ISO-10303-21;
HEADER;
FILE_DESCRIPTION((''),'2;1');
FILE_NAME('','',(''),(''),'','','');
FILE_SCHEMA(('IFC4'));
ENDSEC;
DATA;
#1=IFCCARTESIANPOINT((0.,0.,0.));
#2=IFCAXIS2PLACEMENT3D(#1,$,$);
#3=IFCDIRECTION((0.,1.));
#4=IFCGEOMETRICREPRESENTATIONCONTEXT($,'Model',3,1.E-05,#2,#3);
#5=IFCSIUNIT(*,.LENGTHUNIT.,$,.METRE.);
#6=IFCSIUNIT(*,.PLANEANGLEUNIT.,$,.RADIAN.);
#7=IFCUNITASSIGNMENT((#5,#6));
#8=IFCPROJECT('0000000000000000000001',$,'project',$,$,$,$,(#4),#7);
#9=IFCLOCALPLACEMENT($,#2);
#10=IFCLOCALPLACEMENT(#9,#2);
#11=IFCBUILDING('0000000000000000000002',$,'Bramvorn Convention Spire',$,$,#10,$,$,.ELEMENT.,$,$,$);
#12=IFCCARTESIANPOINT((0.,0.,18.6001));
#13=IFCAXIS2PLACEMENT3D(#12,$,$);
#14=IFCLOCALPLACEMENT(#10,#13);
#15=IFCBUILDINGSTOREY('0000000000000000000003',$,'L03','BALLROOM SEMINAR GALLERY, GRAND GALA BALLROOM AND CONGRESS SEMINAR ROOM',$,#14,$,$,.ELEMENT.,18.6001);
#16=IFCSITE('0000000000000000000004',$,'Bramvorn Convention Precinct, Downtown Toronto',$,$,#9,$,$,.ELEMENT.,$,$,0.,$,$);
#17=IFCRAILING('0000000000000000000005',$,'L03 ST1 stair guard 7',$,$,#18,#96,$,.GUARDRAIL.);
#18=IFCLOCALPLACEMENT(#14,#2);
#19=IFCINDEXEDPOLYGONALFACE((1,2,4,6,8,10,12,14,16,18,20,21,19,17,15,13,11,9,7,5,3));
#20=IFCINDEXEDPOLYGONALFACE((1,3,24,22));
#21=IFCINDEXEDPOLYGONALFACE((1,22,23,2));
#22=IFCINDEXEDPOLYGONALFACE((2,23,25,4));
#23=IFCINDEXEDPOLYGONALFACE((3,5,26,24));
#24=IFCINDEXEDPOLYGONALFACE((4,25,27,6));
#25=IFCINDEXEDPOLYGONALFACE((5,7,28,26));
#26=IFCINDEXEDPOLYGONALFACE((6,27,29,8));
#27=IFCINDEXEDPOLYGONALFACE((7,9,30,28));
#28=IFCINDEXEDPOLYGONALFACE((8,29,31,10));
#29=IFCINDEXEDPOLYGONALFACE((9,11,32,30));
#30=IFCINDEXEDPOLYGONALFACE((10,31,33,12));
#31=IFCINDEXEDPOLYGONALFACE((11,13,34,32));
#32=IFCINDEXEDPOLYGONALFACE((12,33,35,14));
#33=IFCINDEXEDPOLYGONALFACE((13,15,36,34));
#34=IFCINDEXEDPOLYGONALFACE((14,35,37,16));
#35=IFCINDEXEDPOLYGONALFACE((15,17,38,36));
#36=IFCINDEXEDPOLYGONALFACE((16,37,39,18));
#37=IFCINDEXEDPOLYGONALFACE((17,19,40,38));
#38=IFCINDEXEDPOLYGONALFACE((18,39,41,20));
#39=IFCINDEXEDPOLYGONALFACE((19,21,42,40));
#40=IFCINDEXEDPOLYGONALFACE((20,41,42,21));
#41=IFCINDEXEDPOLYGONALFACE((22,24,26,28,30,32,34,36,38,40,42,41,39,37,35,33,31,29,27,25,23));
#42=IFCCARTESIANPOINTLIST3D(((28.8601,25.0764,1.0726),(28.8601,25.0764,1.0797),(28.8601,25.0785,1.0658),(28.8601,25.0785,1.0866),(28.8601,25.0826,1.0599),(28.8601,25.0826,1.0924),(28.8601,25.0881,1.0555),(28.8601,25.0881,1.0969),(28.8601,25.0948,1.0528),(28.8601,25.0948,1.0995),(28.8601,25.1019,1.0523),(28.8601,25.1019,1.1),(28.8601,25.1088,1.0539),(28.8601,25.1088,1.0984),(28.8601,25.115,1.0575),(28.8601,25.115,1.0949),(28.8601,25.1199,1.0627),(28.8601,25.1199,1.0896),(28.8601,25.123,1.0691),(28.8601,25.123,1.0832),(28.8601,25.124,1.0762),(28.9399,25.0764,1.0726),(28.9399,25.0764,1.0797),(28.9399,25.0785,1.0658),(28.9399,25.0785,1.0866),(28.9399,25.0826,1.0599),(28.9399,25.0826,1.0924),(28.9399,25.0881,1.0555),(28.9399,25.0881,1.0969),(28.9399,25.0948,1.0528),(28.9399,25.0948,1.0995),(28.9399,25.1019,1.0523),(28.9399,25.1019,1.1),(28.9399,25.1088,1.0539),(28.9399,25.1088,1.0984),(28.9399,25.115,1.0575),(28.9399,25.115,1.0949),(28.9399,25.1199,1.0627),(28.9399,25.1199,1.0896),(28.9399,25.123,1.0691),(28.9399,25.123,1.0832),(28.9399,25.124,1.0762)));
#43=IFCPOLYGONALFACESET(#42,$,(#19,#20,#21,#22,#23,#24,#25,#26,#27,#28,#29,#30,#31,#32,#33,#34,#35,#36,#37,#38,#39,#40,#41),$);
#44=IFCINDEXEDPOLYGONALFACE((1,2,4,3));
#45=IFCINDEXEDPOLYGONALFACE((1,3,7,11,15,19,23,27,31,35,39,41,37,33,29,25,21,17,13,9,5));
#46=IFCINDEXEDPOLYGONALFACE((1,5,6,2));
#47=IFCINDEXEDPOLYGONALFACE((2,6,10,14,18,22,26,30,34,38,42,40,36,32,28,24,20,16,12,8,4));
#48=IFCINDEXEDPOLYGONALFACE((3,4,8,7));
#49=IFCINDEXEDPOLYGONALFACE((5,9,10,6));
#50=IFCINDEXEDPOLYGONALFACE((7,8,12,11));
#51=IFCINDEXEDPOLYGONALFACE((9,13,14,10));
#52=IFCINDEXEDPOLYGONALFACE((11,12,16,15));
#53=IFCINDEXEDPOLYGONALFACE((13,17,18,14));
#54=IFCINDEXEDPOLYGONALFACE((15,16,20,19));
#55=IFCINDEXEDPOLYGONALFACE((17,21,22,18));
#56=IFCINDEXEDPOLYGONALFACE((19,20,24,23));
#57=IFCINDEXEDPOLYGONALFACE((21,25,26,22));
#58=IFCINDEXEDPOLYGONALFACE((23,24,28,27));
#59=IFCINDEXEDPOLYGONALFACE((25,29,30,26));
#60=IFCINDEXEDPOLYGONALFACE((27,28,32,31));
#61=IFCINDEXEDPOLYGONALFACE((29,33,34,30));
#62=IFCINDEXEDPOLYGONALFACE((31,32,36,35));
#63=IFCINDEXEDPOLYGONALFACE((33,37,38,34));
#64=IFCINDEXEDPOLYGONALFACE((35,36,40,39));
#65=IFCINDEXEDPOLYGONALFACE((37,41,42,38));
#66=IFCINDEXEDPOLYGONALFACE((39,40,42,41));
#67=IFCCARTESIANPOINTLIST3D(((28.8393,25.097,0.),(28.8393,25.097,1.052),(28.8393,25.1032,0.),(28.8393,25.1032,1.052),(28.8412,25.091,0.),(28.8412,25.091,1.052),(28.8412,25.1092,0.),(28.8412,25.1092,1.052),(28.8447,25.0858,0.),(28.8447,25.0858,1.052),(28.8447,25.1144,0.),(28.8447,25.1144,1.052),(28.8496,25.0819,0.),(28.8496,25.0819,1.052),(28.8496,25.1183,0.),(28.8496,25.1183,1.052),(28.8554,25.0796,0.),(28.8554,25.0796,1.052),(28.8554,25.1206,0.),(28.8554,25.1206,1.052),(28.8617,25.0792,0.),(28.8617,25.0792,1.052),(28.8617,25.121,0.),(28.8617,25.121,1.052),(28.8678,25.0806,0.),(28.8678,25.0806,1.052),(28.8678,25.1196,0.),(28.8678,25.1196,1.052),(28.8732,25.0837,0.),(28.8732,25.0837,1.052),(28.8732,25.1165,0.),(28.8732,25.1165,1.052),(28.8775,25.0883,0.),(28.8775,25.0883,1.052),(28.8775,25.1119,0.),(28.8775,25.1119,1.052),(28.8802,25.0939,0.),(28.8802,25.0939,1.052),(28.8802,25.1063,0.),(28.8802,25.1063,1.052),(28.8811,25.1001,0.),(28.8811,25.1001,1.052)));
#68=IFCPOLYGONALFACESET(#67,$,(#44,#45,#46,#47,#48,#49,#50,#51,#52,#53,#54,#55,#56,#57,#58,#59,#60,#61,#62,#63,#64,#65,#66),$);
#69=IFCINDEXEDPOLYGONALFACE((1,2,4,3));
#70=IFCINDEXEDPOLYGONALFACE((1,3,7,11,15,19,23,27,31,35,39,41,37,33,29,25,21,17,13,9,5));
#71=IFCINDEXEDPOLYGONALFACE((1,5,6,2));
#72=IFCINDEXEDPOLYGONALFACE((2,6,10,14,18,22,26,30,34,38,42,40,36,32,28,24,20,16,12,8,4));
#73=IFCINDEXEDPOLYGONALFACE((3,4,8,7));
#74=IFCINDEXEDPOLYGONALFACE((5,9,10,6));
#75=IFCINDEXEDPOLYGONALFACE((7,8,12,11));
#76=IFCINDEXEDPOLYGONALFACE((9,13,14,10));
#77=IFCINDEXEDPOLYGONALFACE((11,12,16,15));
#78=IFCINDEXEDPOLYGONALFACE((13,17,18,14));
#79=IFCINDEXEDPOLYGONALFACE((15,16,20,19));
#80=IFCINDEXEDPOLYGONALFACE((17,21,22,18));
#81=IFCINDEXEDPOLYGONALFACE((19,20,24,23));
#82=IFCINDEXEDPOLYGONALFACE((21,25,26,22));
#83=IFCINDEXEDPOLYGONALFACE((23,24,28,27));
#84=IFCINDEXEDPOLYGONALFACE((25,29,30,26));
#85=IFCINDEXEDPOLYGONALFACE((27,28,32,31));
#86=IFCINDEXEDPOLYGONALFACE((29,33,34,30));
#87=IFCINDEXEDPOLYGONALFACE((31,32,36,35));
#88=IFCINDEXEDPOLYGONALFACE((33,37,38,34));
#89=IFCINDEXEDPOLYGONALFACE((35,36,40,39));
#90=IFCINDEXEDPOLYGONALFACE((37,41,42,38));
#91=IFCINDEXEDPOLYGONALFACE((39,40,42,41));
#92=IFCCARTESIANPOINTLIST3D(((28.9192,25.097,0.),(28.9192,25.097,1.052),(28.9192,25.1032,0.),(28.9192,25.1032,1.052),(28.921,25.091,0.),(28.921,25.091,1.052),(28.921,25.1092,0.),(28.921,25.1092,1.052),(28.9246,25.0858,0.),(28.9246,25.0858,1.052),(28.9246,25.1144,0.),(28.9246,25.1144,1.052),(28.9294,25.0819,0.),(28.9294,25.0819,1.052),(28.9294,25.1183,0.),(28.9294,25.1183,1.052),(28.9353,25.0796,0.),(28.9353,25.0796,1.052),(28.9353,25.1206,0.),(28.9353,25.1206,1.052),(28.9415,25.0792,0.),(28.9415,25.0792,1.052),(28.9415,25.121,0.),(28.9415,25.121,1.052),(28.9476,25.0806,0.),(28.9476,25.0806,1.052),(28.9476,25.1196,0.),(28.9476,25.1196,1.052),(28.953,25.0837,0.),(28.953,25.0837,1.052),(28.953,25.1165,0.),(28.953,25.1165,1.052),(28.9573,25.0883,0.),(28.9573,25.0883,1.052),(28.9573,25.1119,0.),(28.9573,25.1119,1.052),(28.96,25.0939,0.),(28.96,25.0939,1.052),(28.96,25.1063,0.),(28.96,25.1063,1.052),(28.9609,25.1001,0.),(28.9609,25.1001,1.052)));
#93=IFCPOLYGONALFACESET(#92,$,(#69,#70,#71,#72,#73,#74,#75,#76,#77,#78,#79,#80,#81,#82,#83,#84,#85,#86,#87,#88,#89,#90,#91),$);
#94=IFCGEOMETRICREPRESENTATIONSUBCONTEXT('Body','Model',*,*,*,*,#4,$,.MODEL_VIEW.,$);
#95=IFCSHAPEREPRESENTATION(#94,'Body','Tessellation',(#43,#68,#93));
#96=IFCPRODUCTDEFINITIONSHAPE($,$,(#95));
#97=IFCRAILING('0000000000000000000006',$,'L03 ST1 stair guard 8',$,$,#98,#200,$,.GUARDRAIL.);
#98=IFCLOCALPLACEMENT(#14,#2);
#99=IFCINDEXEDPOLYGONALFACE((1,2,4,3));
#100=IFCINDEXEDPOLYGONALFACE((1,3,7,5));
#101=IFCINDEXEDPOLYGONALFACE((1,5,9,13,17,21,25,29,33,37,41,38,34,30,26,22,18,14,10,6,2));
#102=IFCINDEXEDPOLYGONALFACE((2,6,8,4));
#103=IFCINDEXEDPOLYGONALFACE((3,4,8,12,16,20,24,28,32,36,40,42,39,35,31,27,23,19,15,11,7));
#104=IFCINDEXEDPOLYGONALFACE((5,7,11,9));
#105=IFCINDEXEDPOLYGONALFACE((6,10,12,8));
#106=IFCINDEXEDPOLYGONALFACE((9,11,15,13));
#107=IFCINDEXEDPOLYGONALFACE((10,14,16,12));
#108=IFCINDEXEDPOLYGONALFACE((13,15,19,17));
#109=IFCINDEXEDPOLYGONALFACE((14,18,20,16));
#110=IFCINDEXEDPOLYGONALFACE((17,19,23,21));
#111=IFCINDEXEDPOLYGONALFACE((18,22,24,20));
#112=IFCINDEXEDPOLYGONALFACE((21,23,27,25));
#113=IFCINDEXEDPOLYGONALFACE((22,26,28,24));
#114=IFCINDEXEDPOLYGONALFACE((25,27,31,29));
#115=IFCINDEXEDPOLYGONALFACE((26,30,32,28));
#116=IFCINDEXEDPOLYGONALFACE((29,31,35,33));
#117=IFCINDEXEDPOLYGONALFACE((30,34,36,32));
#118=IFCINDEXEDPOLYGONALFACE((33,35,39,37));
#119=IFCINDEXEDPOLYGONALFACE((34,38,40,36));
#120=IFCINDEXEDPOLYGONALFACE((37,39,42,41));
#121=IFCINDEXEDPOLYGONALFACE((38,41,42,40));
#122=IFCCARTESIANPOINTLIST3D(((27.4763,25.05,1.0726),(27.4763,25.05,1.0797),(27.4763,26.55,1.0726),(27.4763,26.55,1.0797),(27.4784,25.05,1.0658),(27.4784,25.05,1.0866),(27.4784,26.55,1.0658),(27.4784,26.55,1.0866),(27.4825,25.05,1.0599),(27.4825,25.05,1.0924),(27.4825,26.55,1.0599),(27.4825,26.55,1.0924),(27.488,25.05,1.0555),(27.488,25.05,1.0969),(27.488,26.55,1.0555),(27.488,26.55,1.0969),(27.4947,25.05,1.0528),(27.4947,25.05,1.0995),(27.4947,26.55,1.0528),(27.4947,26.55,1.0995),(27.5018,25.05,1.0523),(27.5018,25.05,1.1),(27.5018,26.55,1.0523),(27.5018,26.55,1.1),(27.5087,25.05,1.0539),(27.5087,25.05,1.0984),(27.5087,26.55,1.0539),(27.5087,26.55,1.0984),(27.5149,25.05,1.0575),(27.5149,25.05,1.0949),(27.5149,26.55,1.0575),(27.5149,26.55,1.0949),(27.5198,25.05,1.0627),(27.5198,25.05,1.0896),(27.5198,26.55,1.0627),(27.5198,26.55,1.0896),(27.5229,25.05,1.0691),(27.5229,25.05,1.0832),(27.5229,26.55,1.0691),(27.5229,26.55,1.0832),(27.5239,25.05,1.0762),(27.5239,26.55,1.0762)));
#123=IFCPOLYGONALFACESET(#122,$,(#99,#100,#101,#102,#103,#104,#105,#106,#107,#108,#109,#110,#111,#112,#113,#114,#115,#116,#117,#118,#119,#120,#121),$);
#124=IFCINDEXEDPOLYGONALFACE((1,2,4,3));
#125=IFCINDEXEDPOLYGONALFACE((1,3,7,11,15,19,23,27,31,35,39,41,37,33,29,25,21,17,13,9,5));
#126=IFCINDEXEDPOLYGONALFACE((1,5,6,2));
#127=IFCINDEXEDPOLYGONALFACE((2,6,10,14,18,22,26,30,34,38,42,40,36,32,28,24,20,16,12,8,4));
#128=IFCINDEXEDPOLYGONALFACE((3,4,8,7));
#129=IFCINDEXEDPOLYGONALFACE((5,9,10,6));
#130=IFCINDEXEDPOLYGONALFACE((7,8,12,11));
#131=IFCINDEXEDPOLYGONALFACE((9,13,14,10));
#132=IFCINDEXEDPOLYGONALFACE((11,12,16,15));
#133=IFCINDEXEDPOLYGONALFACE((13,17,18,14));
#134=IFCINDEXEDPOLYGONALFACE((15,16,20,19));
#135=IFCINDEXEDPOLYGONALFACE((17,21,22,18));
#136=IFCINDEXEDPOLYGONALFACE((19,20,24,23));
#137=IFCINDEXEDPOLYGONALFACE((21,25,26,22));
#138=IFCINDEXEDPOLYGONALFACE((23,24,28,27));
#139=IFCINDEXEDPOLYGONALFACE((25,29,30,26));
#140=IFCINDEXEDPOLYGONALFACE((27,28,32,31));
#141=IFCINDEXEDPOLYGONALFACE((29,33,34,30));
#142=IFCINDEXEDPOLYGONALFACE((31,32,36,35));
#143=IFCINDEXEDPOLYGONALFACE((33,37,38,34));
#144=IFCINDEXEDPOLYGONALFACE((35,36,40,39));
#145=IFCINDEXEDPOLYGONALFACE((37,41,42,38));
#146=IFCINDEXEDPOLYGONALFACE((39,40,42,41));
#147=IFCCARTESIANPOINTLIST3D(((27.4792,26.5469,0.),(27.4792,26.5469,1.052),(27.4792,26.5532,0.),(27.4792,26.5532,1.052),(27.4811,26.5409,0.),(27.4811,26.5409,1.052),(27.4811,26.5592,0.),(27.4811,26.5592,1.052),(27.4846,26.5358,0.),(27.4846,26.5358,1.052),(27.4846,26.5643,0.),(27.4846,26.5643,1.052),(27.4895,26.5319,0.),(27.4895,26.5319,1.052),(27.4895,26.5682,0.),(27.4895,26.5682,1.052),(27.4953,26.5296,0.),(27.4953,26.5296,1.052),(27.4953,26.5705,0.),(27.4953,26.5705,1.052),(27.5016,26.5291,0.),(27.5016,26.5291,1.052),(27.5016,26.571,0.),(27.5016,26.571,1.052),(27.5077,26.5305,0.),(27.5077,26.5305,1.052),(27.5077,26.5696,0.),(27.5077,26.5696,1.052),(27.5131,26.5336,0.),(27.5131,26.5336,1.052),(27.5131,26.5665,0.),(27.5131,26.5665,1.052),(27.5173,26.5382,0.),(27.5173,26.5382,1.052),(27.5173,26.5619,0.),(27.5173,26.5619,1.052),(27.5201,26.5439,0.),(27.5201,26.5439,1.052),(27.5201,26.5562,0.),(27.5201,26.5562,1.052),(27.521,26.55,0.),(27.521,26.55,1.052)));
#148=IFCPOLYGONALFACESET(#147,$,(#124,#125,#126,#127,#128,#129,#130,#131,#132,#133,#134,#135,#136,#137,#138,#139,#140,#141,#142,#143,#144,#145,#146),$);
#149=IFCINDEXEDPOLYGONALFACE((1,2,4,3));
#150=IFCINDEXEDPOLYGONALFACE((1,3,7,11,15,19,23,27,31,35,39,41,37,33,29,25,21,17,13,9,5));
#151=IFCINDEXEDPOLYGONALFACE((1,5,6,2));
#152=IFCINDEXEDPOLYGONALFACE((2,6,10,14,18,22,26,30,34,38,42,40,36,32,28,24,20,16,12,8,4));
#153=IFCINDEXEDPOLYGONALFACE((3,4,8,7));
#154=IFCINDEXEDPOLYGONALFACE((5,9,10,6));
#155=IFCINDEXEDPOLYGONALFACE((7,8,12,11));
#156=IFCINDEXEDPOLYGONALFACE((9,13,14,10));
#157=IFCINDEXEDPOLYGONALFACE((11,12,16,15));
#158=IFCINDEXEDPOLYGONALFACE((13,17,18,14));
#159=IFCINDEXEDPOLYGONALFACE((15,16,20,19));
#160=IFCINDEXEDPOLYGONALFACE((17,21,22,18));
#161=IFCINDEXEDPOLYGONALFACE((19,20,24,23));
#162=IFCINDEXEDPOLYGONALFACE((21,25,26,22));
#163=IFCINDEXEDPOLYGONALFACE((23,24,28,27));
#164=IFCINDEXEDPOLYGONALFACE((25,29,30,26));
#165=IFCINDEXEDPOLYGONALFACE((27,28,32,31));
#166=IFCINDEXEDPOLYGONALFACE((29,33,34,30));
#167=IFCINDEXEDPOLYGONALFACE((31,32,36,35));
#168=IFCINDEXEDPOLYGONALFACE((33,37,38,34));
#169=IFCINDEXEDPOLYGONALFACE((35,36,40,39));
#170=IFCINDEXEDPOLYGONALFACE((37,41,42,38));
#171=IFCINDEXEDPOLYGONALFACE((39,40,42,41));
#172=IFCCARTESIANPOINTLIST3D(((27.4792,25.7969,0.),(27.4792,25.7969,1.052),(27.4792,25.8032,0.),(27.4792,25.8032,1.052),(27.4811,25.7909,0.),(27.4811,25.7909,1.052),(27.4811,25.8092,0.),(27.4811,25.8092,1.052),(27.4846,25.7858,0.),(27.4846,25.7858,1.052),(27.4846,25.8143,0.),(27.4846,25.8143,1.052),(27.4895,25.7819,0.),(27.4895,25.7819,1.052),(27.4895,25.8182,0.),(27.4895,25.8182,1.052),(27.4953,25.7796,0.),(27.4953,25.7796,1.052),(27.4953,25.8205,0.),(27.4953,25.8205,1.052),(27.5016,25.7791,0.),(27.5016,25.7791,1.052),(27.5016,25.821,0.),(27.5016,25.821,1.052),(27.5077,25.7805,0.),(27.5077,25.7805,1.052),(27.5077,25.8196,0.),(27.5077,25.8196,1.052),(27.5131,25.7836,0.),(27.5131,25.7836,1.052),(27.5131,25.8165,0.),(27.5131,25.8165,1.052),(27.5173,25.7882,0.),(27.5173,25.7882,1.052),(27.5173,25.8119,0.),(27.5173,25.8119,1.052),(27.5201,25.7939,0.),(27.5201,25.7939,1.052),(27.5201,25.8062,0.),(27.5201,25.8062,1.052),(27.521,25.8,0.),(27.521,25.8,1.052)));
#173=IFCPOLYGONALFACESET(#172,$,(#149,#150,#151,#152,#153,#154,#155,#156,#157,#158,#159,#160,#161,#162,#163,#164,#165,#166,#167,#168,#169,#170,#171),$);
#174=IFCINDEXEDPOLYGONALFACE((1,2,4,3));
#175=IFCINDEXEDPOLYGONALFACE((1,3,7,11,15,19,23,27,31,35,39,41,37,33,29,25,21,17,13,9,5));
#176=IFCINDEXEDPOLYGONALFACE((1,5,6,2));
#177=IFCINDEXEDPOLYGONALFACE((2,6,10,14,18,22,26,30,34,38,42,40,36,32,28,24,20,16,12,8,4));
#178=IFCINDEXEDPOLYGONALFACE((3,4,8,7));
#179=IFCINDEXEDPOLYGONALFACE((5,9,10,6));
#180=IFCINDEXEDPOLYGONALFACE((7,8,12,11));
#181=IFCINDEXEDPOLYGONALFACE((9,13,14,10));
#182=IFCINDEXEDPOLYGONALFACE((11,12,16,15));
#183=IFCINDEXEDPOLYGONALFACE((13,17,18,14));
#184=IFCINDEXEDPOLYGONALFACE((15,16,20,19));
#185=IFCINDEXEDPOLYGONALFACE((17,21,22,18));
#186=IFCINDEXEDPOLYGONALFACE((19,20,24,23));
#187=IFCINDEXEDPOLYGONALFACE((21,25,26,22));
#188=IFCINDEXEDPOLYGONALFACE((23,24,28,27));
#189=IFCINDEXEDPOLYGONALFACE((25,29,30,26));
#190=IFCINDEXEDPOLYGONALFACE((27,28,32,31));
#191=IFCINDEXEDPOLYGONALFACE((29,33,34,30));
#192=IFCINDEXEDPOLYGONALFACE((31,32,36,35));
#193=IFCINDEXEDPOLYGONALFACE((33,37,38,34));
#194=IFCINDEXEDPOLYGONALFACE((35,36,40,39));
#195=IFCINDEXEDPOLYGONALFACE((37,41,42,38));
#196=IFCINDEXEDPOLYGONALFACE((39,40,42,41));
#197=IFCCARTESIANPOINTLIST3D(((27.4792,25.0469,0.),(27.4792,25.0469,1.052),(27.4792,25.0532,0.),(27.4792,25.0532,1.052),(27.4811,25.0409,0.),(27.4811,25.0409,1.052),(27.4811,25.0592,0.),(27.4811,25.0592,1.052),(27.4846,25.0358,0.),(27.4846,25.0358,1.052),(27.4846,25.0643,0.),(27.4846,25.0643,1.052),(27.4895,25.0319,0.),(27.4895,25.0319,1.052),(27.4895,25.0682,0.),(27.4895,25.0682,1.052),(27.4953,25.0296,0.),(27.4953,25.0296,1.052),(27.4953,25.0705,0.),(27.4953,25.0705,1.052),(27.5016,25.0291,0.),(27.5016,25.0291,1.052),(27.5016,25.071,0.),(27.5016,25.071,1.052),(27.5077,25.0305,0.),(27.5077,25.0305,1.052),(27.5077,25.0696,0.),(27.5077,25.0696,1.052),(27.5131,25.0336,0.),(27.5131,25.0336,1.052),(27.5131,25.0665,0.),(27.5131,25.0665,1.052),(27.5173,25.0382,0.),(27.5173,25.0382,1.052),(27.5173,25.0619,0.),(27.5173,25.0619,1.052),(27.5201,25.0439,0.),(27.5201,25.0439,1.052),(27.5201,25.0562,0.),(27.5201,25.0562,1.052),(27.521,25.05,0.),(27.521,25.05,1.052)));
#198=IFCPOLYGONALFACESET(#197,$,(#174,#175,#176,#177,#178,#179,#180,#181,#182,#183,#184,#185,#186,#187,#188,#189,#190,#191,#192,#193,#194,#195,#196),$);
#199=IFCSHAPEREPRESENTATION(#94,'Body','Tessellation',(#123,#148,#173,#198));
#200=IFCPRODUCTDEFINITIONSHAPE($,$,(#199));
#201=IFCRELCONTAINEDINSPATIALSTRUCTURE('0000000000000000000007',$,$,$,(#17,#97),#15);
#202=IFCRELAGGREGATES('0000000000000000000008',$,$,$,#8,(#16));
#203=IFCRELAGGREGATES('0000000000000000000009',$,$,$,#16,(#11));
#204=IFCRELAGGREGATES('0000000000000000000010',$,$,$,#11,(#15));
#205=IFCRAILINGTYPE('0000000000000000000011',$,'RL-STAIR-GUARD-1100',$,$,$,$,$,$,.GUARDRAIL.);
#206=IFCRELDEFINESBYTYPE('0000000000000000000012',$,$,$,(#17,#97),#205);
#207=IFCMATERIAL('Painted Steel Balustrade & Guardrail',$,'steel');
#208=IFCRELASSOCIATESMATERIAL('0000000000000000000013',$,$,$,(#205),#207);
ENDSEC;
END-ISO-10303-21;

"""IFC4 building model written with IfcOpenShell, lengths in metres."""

from ifc_helpers import new_model, si_unit, direction, frame, origin, origin_2d, place, context, subcontext, project, spatial, circle, extrude, material, type_object, element, save


model = new_model("IFC4")

# Units and contexts
model_context = context("Model", 3, precision=1e-05, world=origin(), true_north=direction((0.0, 1.0)))
body_context = subcontext(model_context, "Body", "Model", "MODEL_VIEW")
ifc_project = project(units=[si_unit("LENGTHUNIT", "METRE"), si_unit("PLANEANGLEUNIT", "RADIAN")], contexts=[model_context])

# Site, building, storey
site_placement = place(None, origin())
site = spatial("IfcSite", under=ifc_project, at=site_placement, Name="Bramvorn Convention Precinct, Downtown Toronto", CompositionType="ELEMENT", RefElevation=0.0)
building_placement = place(site_placement, origin())
building = spatial("IfcBuilding", under=site, at=building_placement, Name="Bramvorn Convention Spire", CompositionType="ELEMENT")
storey_placement = place(building_placement, frame((0.0, 0.0, 18.6001)))
storey = spatial("IfcBuildingStorey", under=building, at=storey_placement, Name="L03", Description="BALLROOM SEMINAR GALLERY, GRAND GALA BALLROOM AND CONGRESS SEMINAR ROOM", CompositionType="ELEMENT", Elevation=18.6001)

# Railings
ifc_material_1 = material(Name="Painted Steel Balustrade & Guardrail", Category="steel")
railing_type_1 = type_object("IfcRailingType", Name="RL-STAIR-GUARD-1100", PredefinedType="GUARDRAIL", material=ifc_material_1)
railing_1_placement = place(storey_placement, frame((28.8601, 25.1001, 0.0)))
element("IfcRailing", 1, at=railing_1_placement, inside=storey, type_object=railing_type_1, Name="L03 ST1 stair guard 7", PredefinedType="GUARDRAIL", context=body_context, shape_type="SweptSolid", body=[
    extrude(circle(Radius=0.0239, at=origin_2d()), frame((0.0, 0.0, 1.0762), z_axis=(1.0, 0.0, 0.0), x_axis=(0.0, 1.0, 0.0)), (0.0, 0.0, 1.0), 0.0798),
    extrude(circle(Radius=0.021, at=origin_2d()), origin(), (0.0, 0.0, 1.0), 1.052),
    extrude(circle(Radius=0.021, at=origin_2d()), frame((0.0798, 0.0, 0.0)), (0.0, 0.0, 1.0), 1.052),
])
for number, where, name in (
    (2, (27.5, 26.55, 0.0), "L03 ST1 stair guard 8"),
):
    element("IfcRailing", number, at=place(storey_placement, frame(where)), inside=storey, type_object=railing_type_1, Name=name, PredefinedType="GUARDRAIL", context=body_context, shape_type="SweptSolid", body=[
        extrude(circle(Radius=0.0239, at=origin_2d()), frame((0.0, 0.0, 1.0762), z_axis=(0.0, -1.0, 0.0), x_axis=(1.0, 0.0, 0.0)), (0.0, 0.0, 1.0), 1.5),
        extrude(circle(Radius=0.021, at=origin_2d()), origin(), (0.0, 0.0, 1.0), 1.052),
        extrude(circle(Radius=0.021, at=origin_2d()), frame((0.0, -0.75, 0.0)), (0.0, 0.0, 1.0), 1.052),
        extrude(circle(Radius=0.021, at=origin_2d()), frame((0.0, -1.5, 0.0)), (0.0, 0.0, 1.0), 1.052),
    ])

save(model, "model.ifc")
